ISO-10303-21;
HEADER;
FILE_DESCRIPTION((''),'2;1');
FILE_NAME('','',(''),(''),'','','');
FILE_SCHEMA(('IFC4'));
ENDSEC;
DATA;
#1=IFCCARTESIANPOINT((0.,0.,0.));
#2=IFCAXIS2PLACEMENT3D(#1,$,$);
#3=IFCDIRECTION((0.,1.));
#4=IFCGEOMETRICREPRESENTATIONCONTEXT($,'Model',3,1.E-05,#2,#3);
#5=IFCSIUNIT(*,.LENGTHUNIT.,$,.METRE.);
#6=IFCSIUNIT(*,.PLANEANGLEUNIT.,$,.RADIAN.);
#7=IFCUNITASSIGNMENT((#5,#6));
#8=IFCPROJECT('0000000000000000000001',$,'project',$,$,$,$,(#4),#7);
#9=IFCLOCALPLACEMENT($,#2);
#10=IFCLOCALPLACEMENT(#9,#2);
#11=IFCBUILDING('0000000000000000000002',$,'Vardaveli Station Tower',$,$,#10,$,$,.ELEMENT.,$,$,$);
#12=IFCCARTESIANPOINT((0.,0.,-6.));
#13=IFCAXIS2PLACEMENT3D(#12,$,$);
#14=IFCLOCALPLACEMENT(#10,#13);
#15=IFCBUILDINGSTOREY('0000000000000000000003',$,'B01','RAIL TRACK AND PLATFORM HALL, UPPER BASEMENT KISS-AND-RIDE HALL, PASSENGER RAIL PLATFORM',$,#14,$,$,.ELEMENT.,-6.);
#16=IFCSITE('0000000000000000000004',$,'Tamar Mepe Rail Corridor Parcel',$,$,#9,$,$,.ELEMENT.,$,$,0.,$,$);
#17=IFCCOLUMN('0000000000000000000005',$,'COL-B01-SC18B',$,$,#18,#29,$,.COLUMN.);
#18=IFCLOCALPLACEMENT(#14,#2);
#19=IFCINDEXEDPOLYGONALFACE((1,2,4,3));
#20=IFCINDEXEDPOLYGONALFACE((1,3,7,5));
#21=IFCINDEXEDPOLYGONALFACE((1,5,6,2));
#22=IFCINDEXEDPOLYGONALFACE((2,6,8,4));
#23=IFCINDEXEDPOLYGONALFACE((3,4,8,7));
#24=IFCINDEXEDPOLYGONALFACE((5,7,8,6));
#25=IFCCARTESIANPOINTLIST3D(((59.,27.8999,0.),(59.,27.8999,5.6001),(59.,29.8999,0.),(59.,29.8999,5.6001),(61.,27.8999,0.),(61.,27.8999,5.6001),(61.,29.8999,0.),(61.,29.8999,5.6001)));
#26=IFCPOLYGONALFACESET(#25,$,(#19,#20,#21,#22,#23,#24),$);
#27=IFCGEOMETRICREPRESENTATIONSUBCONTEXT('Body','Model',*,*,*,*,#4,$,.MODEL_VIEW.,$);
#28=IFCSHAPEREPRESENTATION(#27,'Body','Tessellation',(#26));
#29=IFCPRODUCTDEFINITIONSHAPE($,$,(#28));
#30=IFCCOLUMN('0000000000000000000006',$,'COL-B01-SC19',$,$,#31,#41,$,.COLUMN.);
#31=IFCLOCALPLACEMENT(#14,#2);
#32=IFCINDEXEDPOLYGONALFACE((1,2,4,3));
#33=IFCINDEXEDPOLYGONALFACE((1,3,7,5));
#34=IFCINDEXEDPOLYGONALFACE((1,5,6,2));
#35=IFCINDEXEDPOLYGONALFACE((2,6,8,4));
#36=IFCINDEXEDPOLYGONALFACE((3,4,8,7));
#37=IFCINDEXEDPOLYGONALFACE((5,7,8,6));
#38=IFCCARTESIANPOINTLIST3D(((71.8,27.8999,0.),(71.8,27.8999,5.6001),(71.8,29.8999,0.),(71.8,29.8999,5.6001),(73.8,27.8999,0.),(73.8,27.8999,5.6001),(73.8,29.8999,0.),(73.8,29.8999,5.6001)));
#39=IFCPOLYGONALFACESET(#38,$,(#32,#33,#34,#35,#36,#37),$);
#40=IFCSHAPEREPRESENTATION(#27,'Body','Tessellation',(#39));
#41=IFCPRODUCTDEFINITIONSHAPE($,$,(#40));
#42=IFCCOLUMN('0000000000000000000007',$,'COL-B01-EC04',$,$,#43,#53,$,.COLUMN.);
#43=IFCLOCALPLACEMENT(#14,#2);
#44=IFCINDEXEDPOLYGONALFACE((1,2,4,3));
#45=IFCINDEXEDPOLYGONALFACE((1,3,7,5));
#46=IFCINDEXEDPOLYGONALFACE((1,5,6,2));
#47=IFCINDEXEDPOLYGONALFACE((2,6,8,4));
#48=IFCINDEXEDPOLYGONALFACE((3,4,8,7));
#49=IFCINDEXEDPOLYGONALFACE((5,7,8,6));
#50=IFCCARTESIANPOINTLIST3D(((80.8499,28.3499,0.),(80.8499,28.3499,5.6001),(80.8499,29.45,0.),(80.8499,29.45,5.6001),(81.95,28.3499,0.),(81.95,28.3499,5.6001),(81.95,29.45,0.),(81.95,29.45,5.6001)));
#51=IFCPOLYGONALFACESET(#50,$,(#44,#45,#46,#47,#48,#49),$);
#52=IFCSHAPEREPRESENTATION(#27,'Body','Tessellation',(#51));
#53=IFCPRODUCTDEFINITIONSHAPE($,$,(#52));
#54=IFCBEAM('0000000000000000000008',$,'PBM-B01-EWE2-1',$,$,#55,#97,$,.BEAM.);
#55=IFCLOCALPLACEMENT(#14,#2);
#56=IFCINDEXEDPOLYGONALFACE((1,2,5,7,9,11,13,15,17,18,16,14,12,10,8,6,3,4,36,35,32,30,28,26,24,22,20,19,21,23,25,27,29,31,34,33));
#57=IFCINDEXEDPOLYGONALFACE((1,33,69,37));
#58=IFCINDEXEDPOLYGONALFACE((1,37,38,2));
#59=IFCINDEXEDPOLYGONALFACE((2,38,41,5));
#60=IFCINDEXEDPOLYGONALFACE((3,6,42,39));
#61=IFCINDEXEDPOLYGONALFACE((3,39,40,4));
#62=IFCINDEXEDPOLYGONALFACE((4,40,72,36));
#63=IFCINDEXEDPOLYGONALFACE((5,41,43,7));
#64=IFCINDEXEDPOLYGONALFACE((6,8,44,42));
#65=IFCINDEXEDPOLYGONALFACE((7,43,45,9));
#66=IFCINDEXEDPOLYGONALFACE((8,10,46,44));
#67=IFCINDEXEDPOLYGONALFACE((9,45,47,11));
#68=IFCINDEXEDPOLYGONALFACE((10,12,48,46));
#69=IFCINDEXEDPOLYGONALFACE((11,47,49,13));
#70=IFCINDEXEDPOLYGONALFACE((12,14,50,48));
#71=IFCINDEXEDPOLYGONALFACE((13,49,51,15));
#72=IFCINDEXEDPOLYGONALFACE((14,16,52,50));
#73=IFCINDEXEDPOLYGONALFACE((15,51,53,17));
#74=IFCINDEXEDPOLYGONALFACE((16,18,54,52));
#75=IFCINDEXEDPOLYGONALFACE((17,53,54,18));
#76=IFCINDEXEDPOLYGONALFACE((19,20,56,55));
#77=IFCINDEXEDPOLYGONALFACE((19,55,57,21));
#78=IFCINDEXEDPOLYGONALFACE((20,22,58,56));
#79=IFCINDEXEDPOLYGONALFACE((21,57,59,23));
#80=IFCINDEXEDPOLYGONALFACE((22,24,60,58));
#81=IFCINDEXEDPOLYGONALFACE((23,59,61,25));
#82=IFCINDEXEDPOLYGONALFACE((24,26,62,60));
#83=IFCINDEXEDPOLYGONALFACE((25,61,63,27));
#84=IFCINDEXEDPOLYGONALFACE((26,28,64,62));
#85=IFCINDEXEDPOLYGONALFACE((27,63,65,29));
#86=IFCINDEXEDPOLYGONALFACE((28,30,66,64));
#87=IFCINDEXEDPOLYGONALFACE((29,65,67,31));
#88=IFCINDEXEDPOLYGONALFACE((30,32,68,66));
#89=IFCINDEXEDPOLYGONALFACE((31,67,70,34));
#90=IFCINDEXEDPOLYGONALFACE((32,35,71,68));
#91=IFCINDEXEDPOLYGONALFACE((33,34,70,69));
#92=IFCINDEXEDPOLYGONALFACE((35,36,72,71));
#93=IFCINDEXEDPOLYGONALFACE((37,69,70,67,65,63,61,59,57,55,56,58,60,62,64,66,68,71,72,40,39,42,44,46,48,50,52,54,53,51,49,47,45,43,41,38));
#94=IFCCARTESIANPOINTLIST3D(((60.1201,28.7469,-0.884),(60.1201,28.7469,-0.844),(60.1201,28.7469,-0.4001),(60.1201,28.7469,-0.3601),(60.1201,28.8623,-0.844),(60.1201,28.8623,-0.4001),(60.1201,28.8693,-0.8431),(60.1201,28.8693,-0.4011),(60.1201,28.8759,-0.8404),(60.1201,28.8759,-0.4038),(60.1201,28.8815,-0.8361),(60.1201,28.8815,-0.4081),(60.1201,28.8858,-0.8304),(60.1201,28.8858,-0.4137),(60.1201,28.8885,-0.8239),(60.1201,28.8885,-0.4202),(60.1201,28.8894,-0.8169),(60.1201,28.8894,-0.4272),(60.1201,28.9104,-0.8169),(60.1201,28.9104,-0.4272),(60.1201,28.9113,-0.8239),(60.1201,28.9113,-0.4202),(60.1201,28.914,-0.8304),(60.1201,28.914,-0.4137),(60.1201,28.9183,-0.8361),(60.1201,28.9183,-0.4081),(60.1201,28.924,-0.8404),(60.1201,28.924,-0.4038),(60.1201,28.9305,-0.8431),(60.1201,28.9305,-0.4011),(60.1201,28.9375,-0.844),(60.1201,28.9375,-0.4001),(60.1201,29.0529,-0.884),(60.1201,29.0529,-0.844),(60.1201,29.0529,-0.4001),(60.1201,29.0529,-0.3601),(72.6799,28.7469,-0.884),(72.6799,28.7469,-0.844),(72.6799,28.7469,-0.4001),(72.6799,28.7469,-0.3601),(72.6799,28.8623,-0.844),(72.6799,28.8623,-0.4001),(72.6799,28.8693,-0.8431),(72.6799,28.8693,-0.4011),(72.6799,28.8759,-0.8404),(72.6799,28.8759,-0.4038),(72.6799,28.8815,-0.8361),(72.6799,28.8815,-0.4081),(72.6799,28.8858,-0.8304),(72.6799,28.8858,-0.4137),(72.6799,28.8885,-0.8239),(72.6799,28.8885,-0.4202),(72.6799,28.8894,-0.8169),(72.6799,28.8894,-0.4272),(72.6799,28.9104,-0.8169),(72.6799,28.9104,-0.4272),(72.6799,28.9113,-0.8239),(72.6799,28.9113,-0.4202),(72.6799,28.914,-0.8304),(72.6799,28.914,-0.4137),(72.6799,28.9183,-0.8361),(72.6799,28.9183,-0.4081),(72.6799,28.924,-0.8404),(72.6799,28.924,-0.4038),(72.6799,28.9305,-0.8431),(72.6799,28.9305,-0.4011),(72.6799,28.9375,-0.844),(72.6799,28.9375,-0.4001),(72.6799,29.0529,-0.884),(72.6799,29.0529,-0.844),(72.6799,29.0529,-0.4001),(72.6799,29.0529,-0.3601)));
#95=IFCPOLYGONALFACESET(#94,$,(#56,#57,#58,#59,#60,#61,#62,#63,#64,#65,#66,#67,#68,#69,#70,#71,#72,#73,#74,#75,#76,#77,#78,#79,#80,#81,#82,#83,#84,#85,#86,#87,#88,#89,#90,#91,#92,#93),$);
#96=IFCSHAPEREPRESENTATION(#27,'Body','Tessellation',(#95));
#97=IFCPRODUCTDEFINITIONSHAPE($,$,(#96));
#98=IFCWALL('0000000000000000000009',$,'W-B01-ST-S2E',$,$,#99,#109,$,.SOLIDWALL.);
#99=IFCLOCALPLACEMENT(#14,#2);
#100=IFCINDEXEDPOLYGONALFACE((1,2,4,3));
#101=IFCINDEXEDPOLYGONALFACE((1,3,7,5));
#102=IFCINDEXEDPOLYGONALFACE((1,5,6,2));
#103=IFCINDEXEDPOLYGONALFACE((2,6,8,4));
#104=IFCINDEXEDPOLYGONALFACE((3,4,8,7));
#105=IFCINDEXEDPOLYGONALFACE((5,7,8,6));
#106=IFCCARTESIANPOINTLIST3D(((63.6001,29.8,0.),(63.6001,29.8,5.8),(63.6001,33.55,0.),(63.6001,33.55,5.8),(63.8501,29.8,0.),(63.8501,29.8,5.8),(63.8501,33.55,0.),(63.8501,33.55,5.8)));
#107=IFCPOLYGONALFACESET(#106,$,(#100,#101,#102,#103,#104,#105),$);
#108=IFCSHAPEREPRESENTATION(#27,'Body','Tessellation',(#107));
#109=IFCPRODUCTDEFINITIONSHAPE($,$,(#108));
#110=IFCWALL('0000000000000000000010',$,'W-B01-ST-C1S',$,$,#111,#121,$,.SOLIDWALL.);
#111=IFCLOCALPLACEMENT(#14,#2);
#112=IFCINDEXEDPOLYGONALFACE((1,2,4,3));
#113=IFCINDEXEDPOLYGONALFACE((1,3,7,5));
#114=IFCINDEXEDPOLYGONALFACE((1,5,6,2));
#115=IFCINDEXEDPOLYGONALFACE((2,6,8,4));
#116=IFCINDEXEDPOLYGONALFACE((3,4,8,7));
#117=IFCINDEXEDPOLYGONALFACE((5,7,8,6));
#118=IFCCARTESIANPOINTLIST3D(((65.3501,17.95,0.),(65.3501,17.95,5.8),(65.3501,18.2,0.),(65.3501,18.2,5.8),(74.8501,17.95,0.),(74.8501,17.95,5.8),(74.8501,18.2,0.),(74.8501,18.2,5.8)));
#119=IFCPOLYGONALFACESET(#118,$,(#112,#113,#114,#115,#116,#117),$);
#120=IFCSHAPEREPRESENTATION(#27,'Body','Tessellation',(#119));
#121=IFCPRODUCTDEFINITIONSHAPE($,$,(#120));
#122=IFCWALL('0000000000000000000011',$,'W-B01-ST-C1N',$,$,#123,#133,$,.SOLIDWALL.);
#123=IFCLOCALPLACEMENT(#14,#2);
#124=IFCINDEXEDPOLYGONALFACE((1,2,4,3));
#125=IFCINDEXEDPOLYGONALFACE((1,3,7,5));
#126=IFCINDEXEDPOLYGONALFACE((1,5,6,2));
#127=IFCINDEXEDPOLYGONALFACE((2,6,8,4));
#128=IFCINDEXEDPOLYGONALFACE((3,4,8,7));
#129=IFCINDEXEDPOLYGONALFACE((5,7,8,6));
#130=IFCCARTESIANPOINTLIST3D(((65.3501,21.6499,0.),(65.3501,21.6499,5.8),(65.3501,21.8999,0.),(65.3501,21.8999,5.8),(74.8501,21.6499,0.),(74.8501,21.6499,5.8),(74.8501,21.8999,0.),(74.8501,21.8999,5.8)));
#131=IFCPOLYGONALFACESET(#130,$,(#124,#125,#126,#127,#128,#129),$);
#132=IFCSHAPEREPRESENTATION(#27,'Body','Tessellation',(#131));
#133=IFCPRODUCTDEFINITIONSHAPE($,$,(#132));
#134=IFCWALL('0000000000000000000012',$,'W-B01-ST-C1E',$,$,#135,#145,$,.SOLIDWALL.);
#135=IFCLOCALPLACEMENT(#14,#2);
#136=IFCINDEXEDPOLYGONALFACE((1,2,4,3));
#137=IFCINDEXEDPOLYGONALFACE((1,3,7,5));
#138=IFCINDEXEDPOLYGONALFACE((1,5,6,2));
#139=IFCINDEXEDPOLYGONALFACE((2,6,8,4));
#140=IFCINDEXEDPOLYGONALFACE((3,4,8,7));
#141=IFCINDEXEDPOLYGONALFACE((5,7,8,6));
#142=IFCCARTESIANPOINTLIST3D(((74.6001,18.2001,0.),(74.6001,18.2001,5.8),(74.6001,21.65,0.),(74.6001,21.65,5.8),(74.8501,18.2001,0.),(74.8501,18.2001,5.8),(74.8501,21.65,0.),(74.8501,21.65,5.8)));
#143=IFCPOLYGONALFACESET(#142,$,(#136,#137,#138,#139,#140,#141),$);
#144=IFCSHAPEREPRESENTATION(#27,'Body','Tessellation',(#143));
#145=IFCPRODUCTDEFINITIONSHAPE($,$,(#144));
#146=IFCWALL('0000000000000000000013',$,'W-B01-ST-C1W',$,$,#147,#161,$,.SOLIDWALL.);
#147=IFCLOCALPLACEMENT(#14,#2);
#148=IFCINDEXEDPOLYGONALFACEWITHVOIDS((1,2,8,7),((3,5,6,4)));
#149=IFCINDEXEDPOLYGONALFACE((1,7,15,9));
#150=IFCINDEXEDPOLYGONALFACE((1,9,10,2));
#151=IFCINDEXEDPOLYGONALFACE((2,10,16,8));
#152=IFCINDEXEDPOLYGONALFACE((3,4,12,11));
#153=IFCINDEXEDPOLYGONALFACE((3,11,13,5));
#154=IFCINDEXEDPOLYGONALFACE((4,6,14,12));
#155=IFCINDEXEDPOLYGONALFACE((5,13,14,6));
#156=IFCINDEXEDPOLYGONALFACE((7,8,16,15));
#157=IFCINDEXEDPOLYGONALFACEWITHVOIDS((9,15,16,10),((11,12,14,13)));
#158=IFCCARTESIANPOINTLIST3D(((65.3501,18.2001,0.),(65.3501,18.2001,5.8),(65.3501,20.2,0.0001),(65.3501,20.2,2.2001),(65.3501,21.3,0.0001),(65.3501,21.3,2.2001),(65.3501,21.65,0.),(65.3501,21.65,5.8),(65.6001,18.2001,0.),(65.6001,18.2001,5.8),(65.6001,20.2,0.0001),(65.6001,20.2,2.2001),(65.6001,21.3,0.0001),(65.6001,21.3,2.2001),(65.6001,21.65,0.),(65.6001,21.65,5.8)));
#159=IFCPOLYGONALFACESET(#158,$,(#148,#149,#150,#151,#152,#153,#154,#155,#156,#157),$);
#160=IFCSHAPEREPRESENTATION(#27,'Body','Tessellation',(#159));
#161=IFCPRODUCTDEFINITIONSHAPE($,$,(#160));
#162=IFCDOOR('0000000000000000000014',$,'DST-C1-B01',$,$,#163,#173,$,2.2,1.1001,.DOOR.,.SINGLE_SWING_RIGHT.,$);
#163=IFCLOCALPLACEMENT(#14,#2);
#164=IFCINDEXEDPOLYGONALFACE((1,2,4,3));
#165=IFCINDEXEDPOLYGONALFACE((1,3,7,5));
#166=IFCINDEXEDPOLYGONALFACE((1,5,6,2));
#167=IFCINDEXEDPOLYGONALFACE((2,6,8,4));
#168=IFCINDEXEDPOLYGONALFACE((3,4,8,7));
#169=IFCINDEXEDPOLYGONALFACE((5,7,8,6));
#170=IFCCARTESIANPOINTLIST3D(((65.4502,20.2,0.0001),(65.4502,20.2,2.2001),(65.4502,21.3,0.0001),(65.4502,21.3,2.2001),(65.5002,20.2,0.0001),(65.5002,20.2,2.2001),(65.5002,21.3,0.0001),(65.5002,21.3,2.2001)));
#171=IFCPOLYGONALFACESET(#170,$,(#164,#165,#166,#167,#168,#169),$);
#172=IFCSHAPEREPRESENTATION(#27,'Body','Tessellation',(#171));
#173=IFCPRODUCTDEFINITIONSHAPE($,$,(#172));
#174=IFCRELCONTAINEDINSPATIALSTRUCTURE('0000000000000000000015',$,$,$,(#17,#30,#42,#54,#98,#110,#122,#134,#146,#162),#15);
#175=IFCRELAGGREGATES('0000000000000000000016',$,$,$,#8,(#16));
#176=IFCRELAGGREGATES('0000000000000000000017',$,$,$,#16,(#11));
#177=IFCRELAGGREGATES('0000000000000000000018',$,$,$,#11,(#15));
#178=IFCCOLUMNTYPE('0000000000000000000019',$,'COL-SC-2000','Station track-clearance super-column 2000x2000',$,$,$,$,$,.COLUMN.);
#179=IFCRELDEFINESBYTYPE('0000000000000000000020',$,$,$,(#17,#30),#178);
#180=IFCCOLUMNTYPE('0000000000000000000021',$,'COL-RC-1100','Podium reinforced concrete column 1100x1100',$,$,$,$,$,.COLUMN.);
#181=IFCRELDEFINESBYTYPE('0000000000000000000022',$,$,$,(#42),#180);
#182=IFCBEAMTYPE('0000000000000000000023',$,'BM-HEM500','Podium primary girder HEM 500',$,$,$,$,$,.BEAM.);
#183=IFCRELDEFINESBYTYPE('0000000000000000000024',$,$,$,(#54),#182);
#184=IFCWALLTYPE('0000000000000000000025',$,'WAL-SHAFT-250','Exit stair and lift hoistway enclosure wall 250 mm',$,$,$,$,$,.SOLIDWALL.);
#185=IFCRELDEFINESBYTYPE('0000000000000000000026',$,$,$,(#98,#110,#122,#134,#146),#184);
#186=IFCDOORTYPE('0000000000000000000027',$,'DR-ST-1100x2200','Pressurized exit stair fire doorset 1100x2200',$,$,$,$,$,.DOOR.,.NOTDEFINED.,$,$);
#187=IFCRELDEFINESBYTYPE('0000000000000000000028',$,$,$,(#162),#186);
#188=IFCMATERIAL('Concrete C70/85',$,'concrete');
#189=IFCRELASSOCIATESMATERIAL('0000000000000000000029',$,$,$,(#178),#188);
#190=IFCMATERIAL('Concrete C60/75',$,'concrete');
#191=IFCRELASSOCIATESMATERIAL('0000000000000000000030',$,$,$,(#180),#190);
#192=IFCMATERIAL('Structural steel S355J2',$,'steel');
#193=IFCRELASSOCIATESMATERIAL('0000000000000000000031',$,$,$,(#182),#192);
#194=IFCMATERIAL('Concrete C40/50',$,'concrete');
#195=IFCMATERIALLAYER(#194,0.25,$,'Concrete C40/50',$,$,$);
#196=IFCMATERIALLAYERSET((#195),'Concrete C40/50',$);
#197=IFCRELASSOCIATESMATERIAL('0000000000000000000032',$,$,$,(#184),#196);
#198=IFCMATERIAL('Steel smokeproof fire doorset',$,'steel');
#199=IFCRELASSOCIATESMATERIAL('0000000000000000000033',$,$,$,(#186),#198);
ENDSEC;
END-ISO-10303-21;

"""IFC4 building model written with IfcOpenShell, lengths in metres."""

from ifc_helpers import new_model, si_unit, direction, frame, frame_2d, origin, origin_2d, place, context, subcontext, project, spatial, rectangle, i_section, extrude, source, transform, mapped, material, layer, layer_set, material_profile, profile_set, type_object, element, fill, save


model = new_model("IFC4")

# Units and contexts
model_context = context("Model", 3, precision=1e-05, world=origin(), true_north=direction((0.0, 1.0)))
body_context = subcontext(model_context, "Body", "Model", "MODEL_VIEW")
ifc_project = project(units=[si_unit("LENGTHUNIT", "METRE"), si_unit("PLANEANGLEUNIT", "RADIAN")], contexts=[model_context])

# Site, building, storey
site_placement = place(None, origin())
site = spatial("IfcSite", under=ifc_project, at=site_placement, Name="Tamar Mepe Rail Corridor Parcel", CompositionType="ELEMENT", RefElevation=0.0)
building_placement = place(site_placement, origin())
building = spatial("IfcBuilding", under=site, at=building_placement, Name="Vardaveli Station Tower", CompositionType="ELEMENT")
storey_placement = place(building_placement, frame((0.0, 0.0, -6.0)))
storey = spatial("IfcBuildingStorey", under=building, at=storey_placement, Name="B01", Description="RAIL TRACK AND PLATFORM HALL, UPPER BASEMENT KISS-AND-RIDE HALL, PASSENGER RAIL PLATFORM", CompositionType="ELEMENT", Elevation=-6.0)

# Columns
ifc_material_1 = material(Name="Concrete C70/85", Category="concrete")
ifc_material_profile_1 = material_profile(ifc_material_1, rectangle(XDim=2.0, YDim=2.0, at=origin_2d()), Name="SC 2000x2000")
ifc_profile_set_1 = profile_set([ifc_material_profile_1], Name="Concrete C70/85")
column_type_1 = type_object("IfcColumnType", Name="COL-SC-2000", Description="Station track-clearance super-column 2000x2000", PredefinedType="COLUMN", material=ifc_profile_set_1)
shared_shape_1 = source(origin(), body_context, "Body", "SweptSolid", [
    extrude(rectangle(XDim=2.0, YDim=2.0, at=origin_2d()), origin(), (0.0, 0.0, 1.0), 5.6001),
])
for number, where, z_axis, x_axis, name in (
    (1, (60.0, 28.8999, 0.0), (0.0, 0.0, 1.0), (1.0, 0.0, 0.0), "COL-B01-SC18B"),
    (2, (72.8, 28.8999, 0.0), (0.0, 0.0, 1.0), (1.0, 0.0, 0.0), "COL-B01-SC19"),
):
    element("IfcColumn", number, at=place(storey_placement, frame(where, z_axis=z_axis, x_axis=x_axis)), inside=storey, type_object=column_type_1, Name=name, PredefinedType="COLUMN", context=body_context, shape_type="MappedRepresentation", body=[
        mapped(shared_shape_1, transform((0.0, 0.0, 0.0), scale=1.0)),
    ])
ifc_material_2 = material(Name="Concrete C60/75", Category="concrete")
ifc_material_profile_2 = material_profile(ifc_material_2, rectangle(XDim=1.1001, YDim=1.1001, at=origin_2d()), Name="RC 1100x1100")
ifc_profile_set_2 = profile_set([ifc_material_profile_2], Name="Concrete C60/75")
column_type_2 = type_object("IfcColumnType", Name="COL-RC-1100", Description="Podium reinforced concrete column 1100x1100", PredefinedType="COLUMN", material=ifc_profile_set_2)
shared_shape_2 = source(origin(), body_context, "Body", "SweptSolid", [
    extrude(rectangle(XDim=1.1001, YDim=1.1001, at=origin_2d()), origin(), (0.0, 0.0, 1.0), 5.6001),
])
column_placement = place(storey_placement, frame((81.3999, 28.8999, 0.0), z_axis=(0.0, 0.0, 1.0), x_axis=(1.0, 0.0, 0.0)))
element("IfcColumn", 3, at=column_placement, inside=storey, type_object=column_type_2, Name="COL-B01-EC04", PredefinedType="COLUMN", context=body_context, shape_type="MappedRepresentation", body=[
    mapped(shared_shape_2, transform((0.0, 0.0, 0.0), scale=1.0)),
])

# Beam
ifc_material_3 = material(Name="Structural steel S355J2", Category="steel")
ifc_material_profile_3 = material_profile(ifc_material_3, i_section(OverallWidth=0.3059, OverallDepth=0.5239, WebThickness=0.021, FlangeThickness=0.04, FilletRadius=0.0271, at=origin_2d()), Name="HEM 500")
ifc_profile_set_3 = profile_set([ifc_material_profile_3], Name="Structural steel S355J2")
beam_type = type_object("IfcBeamType", Name="BM-HEM500", Description="Podium primary girder HEM 500", PredefinedType="BEAM", material=ifc_profile_set_3)
shared_shape_3 = source(origin(), body_context, "Body", "SweptSolid", [
    extrude(i_section(OverallWidth=0.3059, OverallDepth=0.5239, WebThickness=0.021, FlangeThickness=0.04, FilletRadius=0.0271, at=origin_2d()), origin(), (0.0, 0.0, 1.0), 12.5598),
])
beam_placement = place(storey_placement, frame((60.1201, 28.8999, -0.6221), z_axis=(1.0, 0.0, 0.0), x_axis=(0.0, 1.0, 0.0)))
element("IfcBeam", 4, at=beam_placement, inside=storey, type_object=beam_type, Name="PBM-B01-EWE2-1", PredefinedType="BEAM", context=body_context, shape_type="MappedRepresentation", body=[
    mapped(shared_shape_3, transform((0.0, 0.0, 0.0), scale=1.0)),
])

# Walls
ifc_material_4 = material(Name="Concrete C40/50", Category="concrete")
ifc_layer_1 = layer(ifc_material_4, 0.25, Name="Concrete C40/50")
ifc_layer_set_1 = layer_set([ifc_layer_1], Name="Concrete C40/50")
wall_type_1 = type_object("IfcWallType", Name="WAL-SHAFT-250", Description="Exit stair and lift hoistway enclosure wall 250 mm", PredefinedType="SOLIDWALL", material=ifc_layer_set_1)
shared_shape_4 = source(origin(), body_context, "Body", "SweptSolid", [
    extrude(rectangle(XDim=3.75, YDim=0.25, at=frame_2d((1.875, 0.0))), origin(), (0.0, 0.0, 1.0), 5.8),
])
wall_1_placement = place(storey_placement, frame((63.7251, 29.8, 0.0), z_axis=(0.0, 0.0, 1.0), x_axis=(0.0, 1.0, 0.0)))
element("IfcWall", 5, at=wall_1_placement, inside=storey, type_object=wall_type_1, Name="W-B01-ST-S2E", PredefinedType="SOLIDWALL", context=body_context, shape_type="MappedRepresentation", body=[
    mapped(shared_shape_4, transform((0.0, 0.0, 0.0), scale=1.0)),
])
shared_shape_5 = source(origin(), body_context, "Body", "SweptSolid", [
    extrude(rectangle(XDim=9.5, YDim=0.25, at=frame_2d((4.75, 0.0))), origin(), (0.0, 0.0, 1.0), 5.8),
])
for number, where, z_axis, x_axis, name in (
    (6, (65.3501, 18.075, 0.0), (0.0, 0.0, 1.0), (1.0, 0.0, 0.0), "W-B01-ST-C1S"),
    (7, (65.3501, 21.7749, 0.0), (0.0, 0.0, 1.0), (1.0, 0.0, 0.0), "W-B01-ST-C1N"),
):
    element("IfcWall", number, at=place(storey_placement, frame(where, z_axis=z_axis, x_axis=x_axis)), inside=storey, type_object=wall_type_1, Name=name, PredefinedType="SOLIDWALL", context=body_context, shape_type="MappedRepresentation", body=[
        mapped(shared_shape_5, transform((0.0, 0.0, 0.0), scale=1.0)),
    ])
shared_shape_6 = source(origin(), body_context, "Body", "SweptSolid", [
    extrude(rectangle(XDim=3.45, YDim=0.25, at=frame_2d((1.7251, 0.0))), origin(), (0.0, 0.0, 1.0), 5.8),
])
wall_2_placement = place(storey_placement, frame((74.7251, 18.2, 0.0), z_axis=(0.0, 0.0, 1.0), x_axis=(0.0, 1.0, 0.0)))
element("IfcWall", 8, at=wall_2_placement, inside=storey, type_object=wall_type_1, Name="W-B01-ST-C1E", PredefinedType="SOLIDWALL", context=body_context, shape_type="MappedRepresentation", body=[
    mapped(shared_shape_6, transform((0.0, 0.0, 0.0), scale=1.0)),
])

# Wall, opening, door
wall_3_placement = place(storey_placement, frame((65.4751, 18.2, 0.0), z_axis=(0.0, 0.0, 1.0), x_axis=(0.0, 1.0, 0.0)))
wall_3 = element("IfcWall", 9, at=wall_3_placement, inside=storey, type_object=wall_type_1, Name="W-B01-ST-C1W", PredefinedType="SOLIDWALL", context=body_context, shape_type="MappedRepresentation", body=[
    mapped(shared_shape_6, transform((0.0, 0.0, 0.0), scale=1.0)),
])
shared_shape_7 = source(origin(), body_context, "Body", "SweptSolid", [
    extrude(rectangle(XDim=1.1001, YDim=2.2, at=frame_2d((0.55, 1.1001))), frame((0.0, 0.135, 0.0), z_axis=(0.0, -1.0, 0.0), x_axis=(1.0, 0.0, 0.0)), (0.0, 0.0, 1.0), 0.27),
])
opening_placement = place(wall_3_placement, frame((2.0, 0.0, 0.0)))
opening = element("IfcOpeningElement", 10, at=opening_placement, cuts=wall_3, PredefinedType="OPENING", context=body_context, shape_type="MappedRepresentation", body=[
    mapped(shared_shape_7, transform((0.0, 0.0, 0.0), scale=1.0)),
])
ifc_material_5 = material(Name="Steel smokeproof fire doorset", Category="steel")
door_type = type_object("IfcDoorType", Name="DR-ST-1100x2200", Description="Pressurized exit stair fire doorset 1100x2200", OperationType="NOTDEFINED", PredefinedType="DOOR", material=ifc_material_5)
shared_shape_8 = source(origin(), body_context, "Body", "SweptSolid", [
    extrude(rectangle(XDim=1.1001, YDim=2.2, at=frame_2d((0.55, 1.1001))), frame((0.0, 0.0249, 0.0), z_axis=(0.0, -1.0, 0.0), x_axis=(1.0, 0.0, 0.0)), (0.0, 0.0, 1.0), 0.05),
])
door_placement = place(opening_placement, origin())
door = element("IfcDoor", 11, at=door_placement, inside=storey, type_object=door_type, Name="DST-C1-B01", OperationType="SINGLE_SWING_RIGHT", OverallHeight=2.2, OverallWidth=1.1001, PredefinedType="DOOR", context=body_context, shape_type="MappedRepresentation", body=[
    mapped(shared_shape_8, transform((0.0, 0.0, 0.0), scale=1.0)),
])
fill(opening, door)

save(model, "model.ifc")
